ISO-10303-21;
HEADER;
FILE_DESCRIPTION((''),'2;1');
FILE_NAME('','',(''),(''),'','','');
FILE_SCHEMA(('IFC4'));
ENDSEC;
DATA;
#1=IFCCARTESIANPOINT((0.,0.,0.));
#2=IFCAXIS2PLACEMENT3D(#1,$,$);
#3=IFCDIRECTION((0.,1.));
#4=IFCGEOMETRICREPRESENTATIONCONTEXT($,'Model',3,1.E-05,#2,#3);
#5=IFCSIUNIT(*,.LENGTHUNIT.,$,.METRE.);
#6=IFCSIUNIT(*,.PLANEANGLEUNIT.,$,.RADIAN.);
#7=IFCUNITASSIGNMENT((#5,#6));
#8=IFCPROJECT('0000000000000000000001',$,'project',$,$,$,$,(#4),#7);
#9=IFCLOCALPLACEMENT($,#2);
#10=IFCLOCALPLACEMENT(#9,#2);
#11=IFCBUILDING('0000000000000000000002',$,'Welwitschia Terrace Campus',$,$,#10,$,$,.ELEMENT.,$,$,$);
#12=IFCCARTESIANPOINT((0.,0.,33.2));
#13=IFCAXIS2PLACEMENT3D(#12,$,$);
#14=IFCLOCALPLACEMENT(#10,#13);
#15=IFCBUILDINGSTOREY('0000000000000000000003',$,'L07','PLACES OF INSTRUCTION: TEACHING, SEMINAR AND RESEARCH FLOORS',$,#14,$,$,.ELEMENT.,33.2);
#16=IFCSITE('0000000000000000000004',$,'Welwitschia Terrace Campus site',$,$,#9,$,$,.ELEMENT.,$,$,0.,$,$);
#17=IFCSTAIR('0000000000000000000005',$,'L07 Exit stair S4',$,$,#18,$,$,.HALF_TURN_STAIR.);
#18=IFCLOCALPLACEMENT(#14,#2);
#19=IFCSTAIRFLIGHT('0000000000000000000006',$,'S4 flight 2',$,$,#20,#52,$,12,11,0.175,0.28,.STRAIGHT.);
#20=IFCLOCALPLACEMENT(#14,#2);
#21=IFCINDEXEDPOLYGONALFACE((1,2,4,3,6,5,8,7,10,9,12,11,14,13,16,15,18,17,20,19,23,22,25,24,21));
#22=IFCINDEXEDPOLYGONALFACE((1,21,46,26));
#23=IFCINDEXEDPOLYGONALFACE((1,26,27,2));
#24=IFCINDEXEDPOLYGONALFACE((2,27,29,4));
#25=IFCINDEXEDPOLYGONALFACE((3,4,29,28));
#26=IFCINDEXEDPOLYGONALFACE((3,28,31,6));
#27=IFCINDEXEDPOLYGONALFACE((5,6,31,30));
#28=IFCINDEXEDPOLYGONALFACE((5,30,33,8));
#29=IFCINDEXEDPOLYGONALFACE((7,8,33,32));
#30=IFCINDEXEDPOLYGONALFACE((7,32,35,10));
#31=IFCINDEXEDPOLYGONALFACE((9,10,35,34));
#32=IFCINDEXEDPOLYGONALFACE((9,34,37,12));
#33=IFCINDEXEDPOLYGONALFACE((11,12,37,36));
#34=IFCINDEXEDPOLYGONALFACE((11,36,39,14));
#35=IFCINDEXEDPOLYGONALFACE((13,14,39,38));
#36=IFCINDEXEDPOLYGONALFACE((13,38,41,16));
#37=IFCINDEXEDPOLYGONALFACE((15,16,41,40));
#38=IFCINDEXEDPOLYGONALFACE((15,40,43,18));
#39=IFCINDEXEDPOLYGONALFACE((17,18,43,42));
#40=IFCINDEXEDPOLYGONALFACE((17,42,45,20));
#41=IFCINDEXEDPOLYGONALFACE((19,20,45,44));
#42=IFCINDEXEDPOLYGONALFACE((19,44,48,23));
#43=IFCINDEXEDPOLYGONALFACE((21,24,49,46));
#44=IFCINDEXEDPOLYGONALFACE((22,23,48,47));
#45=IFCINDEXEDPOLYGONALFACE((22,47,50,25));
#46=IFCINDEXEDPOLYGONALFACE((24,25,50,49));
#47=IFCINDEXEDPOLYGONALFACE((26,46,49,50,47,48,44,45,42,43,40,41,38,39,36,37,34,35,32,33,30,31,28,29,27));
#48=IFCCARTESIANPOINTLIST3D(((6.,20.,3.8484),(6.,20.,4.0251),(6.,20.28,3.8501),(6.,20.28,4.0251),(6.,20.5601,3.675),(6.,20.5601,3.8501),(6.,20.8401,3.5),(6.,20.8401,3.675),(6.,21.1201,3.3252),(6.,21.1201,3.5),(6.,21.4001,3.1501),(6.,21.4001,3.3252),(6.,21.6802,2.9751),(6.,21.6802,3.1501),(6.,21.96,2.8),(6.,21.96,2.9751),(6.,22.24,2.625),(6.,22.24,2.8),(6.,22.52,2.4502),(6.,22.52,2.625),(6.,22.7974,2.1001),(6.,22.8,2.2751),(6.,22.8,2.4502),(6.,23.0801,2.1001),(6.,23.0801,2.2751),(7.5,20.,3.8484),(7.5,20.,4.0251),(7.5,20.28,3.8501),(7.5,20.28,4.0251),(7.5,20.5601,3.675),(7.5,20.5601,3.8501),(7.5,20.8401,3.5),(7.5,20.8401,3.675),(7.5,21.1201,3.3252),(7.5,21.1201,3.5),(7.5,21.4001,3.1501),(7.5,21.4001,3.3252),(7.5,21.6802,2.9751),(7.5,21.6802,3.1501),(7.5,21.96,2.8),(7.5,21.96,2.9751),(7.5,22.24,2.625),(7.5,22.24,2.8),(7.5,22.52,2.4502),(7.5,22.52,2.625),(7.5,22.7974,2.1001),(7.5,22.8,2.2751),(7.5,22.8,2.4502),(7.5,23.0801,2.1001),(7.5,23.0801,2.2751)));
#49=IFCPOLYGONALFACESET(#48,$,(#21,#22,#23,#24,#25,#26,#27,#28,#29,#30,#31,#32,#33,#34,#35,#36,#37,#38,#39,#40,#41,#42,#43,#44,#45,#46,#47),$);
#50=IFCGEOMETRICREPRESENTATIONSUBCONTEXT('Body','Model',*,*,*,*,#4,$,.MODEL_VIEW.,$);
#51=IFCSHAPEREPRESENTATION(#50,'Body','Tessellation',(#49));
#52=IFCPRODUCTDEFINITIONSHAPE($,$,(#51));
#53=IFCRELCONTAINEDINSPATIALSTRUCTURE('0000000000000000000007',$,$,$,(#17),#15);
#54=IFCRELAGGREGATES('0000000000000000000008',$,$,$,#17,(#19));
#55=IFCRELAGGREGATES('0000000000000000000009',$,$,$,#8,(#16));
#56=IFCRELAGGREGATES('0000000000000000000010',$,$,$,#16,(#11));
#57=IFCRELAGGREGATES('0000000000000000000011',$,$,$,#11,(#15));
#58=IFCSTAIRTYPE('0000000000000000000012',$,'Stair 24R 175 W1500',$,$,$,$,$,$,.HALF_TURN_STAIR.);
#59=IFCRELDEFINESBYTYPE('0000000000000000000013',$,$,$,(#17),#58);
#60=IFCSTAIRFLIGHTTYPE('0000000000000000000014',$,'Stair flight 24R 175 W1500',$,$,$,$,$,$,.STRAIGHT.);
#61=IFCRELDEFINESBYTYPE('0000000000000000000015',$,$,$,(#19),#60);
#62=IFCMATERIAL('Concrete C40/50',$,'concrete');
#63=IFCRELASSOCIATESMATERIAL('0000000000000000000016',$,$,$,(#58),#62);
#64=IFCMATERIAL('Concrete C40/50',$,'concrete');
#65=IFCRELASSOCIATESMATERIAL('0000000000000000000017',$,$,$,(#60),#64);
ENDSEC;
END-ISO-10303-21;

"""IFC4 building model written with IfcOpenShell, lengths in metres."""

from ifc_helpers import new_model, si_unit, direction, frame, origin, place, context, subcontext, project, spatial, polyline, outline, extrude, material, type_object, element, aggregate, save


model = new_model("IFC4")

# Units and contexts
model_context = context("Model", 3, precision=1e-05, world=origin(), true_north=direction((0.0, 1.0)))
body_context = subcontext(model_context, "Body", "Model", "MODEL_VIEW")
ifc_project = project(units=[si_unit("LENGTHUNIT", "METRE"), si_unit("PLANEANGLEUNIT", "RADIAN")], contexts=[model_context])

# Site, building, storey
site_placement = place(None, origin())
site = spatial("IfcSite", under=ifc_project, at=site_placement, Name="Welwitschia Terrace Campus site", CompositionType="ELEMENT", RefElevation=0.0)
building_placement = place(site_placement, origin())
building = spatial("IfcBuilding", under=site, at=building_placement, Name="Welwitschia Terrace Campus", CompositionType="ELEMENT")
storey_placement = place(building_placement, frame((0.0, 0.0, 33.2)))
storey = spatial("IfcBuildingStorey", under=building, at=storey_placement, Name="L07", Description="PLACES OF INSTRUCTION: TEACHING, SEMINAR AND RESEARCH FLOORS", CompositionType="ELEMENT", Elevation=33.2)

# Stair, stair flight
ifc_material_1 = material(Name="Concrete C40/50", Category="concrete")
stair_type = type_object("IfcStairType", Name="Stair 24R 175 W1500", PredefinedType="HALF_TURN_STAIR", material=ifc_material_1)
stair_placement = place(storey_placement, origin())
stair = element("IfcStair", 1, at=stair_placement, inside=storey, type_object=stair_type, Name="L07 Exit stair S4", PredefinedType="HALF_TURN_STAIR")
ifc_material_2 = material(Name="Concrete C40/50", Category="concrete")
stair_flight_type = type_object("IfcStairFlightType", Name="Stair flight 24R 175 W1500", PredefinedType="STRAIGHT", material=ifc_material_2)
stair_flight_1_placement = place(storey_placement, frame((6.75, 23.0801, 2.1001), z_axis=(0.0, 0.0, 1.0), x_axis=(0.0, -1.0, 0.0)))
stair_flight_1 = element("IfcStairFlight", 2, at=stair_flight_1_placement, type_object=stair_flight_type, Name="S4 flight 2", NumberOfRisers=12, NumberOfTreads=11, PredefinedType="STRAIGHT", RiserHeight=0.175, TreadLength=0.28, context=body_context, shape_type="SweptSolid", body=[
    extrude(outline(polyline([(0.0, 0.0), (0.0, 0.175), (0.28, 0.175), (0.28, 0.3501), (0.5601, 0.3501), (0.5601, 0.5249), (0.8401, 0.5249), (0.8401, 0.7), (1.1201, 0.7), (1.1201, 0.875), (1.3999, 0.875), (1.3999, 1.05), (1.6799, 1.05), (1.6799, 1.2251), (1.96, 1.2251), (1.96, 1.3999), (2.24, 1.3999), (2.24, 1.575), (2.52, 1.575), (2.52, 1.75), (2.8, 1.75), (2.8, 1.925), (3.0801, 1.925), (3.0801, 2.1001), (3.0801, 1.7483), (0.2827, 0.0), (0.0, 0.0)])), frame((0.0, 0.75, 0.0), z_axis=(0.0, -1.0, 0.0), x_axis=(1.0, 0.0, 0.0)), (0.0, 0.0, 1.0), 1.5),
])
aggregate(stair, [stair_flight_1])

save(model, "model.ifc")
